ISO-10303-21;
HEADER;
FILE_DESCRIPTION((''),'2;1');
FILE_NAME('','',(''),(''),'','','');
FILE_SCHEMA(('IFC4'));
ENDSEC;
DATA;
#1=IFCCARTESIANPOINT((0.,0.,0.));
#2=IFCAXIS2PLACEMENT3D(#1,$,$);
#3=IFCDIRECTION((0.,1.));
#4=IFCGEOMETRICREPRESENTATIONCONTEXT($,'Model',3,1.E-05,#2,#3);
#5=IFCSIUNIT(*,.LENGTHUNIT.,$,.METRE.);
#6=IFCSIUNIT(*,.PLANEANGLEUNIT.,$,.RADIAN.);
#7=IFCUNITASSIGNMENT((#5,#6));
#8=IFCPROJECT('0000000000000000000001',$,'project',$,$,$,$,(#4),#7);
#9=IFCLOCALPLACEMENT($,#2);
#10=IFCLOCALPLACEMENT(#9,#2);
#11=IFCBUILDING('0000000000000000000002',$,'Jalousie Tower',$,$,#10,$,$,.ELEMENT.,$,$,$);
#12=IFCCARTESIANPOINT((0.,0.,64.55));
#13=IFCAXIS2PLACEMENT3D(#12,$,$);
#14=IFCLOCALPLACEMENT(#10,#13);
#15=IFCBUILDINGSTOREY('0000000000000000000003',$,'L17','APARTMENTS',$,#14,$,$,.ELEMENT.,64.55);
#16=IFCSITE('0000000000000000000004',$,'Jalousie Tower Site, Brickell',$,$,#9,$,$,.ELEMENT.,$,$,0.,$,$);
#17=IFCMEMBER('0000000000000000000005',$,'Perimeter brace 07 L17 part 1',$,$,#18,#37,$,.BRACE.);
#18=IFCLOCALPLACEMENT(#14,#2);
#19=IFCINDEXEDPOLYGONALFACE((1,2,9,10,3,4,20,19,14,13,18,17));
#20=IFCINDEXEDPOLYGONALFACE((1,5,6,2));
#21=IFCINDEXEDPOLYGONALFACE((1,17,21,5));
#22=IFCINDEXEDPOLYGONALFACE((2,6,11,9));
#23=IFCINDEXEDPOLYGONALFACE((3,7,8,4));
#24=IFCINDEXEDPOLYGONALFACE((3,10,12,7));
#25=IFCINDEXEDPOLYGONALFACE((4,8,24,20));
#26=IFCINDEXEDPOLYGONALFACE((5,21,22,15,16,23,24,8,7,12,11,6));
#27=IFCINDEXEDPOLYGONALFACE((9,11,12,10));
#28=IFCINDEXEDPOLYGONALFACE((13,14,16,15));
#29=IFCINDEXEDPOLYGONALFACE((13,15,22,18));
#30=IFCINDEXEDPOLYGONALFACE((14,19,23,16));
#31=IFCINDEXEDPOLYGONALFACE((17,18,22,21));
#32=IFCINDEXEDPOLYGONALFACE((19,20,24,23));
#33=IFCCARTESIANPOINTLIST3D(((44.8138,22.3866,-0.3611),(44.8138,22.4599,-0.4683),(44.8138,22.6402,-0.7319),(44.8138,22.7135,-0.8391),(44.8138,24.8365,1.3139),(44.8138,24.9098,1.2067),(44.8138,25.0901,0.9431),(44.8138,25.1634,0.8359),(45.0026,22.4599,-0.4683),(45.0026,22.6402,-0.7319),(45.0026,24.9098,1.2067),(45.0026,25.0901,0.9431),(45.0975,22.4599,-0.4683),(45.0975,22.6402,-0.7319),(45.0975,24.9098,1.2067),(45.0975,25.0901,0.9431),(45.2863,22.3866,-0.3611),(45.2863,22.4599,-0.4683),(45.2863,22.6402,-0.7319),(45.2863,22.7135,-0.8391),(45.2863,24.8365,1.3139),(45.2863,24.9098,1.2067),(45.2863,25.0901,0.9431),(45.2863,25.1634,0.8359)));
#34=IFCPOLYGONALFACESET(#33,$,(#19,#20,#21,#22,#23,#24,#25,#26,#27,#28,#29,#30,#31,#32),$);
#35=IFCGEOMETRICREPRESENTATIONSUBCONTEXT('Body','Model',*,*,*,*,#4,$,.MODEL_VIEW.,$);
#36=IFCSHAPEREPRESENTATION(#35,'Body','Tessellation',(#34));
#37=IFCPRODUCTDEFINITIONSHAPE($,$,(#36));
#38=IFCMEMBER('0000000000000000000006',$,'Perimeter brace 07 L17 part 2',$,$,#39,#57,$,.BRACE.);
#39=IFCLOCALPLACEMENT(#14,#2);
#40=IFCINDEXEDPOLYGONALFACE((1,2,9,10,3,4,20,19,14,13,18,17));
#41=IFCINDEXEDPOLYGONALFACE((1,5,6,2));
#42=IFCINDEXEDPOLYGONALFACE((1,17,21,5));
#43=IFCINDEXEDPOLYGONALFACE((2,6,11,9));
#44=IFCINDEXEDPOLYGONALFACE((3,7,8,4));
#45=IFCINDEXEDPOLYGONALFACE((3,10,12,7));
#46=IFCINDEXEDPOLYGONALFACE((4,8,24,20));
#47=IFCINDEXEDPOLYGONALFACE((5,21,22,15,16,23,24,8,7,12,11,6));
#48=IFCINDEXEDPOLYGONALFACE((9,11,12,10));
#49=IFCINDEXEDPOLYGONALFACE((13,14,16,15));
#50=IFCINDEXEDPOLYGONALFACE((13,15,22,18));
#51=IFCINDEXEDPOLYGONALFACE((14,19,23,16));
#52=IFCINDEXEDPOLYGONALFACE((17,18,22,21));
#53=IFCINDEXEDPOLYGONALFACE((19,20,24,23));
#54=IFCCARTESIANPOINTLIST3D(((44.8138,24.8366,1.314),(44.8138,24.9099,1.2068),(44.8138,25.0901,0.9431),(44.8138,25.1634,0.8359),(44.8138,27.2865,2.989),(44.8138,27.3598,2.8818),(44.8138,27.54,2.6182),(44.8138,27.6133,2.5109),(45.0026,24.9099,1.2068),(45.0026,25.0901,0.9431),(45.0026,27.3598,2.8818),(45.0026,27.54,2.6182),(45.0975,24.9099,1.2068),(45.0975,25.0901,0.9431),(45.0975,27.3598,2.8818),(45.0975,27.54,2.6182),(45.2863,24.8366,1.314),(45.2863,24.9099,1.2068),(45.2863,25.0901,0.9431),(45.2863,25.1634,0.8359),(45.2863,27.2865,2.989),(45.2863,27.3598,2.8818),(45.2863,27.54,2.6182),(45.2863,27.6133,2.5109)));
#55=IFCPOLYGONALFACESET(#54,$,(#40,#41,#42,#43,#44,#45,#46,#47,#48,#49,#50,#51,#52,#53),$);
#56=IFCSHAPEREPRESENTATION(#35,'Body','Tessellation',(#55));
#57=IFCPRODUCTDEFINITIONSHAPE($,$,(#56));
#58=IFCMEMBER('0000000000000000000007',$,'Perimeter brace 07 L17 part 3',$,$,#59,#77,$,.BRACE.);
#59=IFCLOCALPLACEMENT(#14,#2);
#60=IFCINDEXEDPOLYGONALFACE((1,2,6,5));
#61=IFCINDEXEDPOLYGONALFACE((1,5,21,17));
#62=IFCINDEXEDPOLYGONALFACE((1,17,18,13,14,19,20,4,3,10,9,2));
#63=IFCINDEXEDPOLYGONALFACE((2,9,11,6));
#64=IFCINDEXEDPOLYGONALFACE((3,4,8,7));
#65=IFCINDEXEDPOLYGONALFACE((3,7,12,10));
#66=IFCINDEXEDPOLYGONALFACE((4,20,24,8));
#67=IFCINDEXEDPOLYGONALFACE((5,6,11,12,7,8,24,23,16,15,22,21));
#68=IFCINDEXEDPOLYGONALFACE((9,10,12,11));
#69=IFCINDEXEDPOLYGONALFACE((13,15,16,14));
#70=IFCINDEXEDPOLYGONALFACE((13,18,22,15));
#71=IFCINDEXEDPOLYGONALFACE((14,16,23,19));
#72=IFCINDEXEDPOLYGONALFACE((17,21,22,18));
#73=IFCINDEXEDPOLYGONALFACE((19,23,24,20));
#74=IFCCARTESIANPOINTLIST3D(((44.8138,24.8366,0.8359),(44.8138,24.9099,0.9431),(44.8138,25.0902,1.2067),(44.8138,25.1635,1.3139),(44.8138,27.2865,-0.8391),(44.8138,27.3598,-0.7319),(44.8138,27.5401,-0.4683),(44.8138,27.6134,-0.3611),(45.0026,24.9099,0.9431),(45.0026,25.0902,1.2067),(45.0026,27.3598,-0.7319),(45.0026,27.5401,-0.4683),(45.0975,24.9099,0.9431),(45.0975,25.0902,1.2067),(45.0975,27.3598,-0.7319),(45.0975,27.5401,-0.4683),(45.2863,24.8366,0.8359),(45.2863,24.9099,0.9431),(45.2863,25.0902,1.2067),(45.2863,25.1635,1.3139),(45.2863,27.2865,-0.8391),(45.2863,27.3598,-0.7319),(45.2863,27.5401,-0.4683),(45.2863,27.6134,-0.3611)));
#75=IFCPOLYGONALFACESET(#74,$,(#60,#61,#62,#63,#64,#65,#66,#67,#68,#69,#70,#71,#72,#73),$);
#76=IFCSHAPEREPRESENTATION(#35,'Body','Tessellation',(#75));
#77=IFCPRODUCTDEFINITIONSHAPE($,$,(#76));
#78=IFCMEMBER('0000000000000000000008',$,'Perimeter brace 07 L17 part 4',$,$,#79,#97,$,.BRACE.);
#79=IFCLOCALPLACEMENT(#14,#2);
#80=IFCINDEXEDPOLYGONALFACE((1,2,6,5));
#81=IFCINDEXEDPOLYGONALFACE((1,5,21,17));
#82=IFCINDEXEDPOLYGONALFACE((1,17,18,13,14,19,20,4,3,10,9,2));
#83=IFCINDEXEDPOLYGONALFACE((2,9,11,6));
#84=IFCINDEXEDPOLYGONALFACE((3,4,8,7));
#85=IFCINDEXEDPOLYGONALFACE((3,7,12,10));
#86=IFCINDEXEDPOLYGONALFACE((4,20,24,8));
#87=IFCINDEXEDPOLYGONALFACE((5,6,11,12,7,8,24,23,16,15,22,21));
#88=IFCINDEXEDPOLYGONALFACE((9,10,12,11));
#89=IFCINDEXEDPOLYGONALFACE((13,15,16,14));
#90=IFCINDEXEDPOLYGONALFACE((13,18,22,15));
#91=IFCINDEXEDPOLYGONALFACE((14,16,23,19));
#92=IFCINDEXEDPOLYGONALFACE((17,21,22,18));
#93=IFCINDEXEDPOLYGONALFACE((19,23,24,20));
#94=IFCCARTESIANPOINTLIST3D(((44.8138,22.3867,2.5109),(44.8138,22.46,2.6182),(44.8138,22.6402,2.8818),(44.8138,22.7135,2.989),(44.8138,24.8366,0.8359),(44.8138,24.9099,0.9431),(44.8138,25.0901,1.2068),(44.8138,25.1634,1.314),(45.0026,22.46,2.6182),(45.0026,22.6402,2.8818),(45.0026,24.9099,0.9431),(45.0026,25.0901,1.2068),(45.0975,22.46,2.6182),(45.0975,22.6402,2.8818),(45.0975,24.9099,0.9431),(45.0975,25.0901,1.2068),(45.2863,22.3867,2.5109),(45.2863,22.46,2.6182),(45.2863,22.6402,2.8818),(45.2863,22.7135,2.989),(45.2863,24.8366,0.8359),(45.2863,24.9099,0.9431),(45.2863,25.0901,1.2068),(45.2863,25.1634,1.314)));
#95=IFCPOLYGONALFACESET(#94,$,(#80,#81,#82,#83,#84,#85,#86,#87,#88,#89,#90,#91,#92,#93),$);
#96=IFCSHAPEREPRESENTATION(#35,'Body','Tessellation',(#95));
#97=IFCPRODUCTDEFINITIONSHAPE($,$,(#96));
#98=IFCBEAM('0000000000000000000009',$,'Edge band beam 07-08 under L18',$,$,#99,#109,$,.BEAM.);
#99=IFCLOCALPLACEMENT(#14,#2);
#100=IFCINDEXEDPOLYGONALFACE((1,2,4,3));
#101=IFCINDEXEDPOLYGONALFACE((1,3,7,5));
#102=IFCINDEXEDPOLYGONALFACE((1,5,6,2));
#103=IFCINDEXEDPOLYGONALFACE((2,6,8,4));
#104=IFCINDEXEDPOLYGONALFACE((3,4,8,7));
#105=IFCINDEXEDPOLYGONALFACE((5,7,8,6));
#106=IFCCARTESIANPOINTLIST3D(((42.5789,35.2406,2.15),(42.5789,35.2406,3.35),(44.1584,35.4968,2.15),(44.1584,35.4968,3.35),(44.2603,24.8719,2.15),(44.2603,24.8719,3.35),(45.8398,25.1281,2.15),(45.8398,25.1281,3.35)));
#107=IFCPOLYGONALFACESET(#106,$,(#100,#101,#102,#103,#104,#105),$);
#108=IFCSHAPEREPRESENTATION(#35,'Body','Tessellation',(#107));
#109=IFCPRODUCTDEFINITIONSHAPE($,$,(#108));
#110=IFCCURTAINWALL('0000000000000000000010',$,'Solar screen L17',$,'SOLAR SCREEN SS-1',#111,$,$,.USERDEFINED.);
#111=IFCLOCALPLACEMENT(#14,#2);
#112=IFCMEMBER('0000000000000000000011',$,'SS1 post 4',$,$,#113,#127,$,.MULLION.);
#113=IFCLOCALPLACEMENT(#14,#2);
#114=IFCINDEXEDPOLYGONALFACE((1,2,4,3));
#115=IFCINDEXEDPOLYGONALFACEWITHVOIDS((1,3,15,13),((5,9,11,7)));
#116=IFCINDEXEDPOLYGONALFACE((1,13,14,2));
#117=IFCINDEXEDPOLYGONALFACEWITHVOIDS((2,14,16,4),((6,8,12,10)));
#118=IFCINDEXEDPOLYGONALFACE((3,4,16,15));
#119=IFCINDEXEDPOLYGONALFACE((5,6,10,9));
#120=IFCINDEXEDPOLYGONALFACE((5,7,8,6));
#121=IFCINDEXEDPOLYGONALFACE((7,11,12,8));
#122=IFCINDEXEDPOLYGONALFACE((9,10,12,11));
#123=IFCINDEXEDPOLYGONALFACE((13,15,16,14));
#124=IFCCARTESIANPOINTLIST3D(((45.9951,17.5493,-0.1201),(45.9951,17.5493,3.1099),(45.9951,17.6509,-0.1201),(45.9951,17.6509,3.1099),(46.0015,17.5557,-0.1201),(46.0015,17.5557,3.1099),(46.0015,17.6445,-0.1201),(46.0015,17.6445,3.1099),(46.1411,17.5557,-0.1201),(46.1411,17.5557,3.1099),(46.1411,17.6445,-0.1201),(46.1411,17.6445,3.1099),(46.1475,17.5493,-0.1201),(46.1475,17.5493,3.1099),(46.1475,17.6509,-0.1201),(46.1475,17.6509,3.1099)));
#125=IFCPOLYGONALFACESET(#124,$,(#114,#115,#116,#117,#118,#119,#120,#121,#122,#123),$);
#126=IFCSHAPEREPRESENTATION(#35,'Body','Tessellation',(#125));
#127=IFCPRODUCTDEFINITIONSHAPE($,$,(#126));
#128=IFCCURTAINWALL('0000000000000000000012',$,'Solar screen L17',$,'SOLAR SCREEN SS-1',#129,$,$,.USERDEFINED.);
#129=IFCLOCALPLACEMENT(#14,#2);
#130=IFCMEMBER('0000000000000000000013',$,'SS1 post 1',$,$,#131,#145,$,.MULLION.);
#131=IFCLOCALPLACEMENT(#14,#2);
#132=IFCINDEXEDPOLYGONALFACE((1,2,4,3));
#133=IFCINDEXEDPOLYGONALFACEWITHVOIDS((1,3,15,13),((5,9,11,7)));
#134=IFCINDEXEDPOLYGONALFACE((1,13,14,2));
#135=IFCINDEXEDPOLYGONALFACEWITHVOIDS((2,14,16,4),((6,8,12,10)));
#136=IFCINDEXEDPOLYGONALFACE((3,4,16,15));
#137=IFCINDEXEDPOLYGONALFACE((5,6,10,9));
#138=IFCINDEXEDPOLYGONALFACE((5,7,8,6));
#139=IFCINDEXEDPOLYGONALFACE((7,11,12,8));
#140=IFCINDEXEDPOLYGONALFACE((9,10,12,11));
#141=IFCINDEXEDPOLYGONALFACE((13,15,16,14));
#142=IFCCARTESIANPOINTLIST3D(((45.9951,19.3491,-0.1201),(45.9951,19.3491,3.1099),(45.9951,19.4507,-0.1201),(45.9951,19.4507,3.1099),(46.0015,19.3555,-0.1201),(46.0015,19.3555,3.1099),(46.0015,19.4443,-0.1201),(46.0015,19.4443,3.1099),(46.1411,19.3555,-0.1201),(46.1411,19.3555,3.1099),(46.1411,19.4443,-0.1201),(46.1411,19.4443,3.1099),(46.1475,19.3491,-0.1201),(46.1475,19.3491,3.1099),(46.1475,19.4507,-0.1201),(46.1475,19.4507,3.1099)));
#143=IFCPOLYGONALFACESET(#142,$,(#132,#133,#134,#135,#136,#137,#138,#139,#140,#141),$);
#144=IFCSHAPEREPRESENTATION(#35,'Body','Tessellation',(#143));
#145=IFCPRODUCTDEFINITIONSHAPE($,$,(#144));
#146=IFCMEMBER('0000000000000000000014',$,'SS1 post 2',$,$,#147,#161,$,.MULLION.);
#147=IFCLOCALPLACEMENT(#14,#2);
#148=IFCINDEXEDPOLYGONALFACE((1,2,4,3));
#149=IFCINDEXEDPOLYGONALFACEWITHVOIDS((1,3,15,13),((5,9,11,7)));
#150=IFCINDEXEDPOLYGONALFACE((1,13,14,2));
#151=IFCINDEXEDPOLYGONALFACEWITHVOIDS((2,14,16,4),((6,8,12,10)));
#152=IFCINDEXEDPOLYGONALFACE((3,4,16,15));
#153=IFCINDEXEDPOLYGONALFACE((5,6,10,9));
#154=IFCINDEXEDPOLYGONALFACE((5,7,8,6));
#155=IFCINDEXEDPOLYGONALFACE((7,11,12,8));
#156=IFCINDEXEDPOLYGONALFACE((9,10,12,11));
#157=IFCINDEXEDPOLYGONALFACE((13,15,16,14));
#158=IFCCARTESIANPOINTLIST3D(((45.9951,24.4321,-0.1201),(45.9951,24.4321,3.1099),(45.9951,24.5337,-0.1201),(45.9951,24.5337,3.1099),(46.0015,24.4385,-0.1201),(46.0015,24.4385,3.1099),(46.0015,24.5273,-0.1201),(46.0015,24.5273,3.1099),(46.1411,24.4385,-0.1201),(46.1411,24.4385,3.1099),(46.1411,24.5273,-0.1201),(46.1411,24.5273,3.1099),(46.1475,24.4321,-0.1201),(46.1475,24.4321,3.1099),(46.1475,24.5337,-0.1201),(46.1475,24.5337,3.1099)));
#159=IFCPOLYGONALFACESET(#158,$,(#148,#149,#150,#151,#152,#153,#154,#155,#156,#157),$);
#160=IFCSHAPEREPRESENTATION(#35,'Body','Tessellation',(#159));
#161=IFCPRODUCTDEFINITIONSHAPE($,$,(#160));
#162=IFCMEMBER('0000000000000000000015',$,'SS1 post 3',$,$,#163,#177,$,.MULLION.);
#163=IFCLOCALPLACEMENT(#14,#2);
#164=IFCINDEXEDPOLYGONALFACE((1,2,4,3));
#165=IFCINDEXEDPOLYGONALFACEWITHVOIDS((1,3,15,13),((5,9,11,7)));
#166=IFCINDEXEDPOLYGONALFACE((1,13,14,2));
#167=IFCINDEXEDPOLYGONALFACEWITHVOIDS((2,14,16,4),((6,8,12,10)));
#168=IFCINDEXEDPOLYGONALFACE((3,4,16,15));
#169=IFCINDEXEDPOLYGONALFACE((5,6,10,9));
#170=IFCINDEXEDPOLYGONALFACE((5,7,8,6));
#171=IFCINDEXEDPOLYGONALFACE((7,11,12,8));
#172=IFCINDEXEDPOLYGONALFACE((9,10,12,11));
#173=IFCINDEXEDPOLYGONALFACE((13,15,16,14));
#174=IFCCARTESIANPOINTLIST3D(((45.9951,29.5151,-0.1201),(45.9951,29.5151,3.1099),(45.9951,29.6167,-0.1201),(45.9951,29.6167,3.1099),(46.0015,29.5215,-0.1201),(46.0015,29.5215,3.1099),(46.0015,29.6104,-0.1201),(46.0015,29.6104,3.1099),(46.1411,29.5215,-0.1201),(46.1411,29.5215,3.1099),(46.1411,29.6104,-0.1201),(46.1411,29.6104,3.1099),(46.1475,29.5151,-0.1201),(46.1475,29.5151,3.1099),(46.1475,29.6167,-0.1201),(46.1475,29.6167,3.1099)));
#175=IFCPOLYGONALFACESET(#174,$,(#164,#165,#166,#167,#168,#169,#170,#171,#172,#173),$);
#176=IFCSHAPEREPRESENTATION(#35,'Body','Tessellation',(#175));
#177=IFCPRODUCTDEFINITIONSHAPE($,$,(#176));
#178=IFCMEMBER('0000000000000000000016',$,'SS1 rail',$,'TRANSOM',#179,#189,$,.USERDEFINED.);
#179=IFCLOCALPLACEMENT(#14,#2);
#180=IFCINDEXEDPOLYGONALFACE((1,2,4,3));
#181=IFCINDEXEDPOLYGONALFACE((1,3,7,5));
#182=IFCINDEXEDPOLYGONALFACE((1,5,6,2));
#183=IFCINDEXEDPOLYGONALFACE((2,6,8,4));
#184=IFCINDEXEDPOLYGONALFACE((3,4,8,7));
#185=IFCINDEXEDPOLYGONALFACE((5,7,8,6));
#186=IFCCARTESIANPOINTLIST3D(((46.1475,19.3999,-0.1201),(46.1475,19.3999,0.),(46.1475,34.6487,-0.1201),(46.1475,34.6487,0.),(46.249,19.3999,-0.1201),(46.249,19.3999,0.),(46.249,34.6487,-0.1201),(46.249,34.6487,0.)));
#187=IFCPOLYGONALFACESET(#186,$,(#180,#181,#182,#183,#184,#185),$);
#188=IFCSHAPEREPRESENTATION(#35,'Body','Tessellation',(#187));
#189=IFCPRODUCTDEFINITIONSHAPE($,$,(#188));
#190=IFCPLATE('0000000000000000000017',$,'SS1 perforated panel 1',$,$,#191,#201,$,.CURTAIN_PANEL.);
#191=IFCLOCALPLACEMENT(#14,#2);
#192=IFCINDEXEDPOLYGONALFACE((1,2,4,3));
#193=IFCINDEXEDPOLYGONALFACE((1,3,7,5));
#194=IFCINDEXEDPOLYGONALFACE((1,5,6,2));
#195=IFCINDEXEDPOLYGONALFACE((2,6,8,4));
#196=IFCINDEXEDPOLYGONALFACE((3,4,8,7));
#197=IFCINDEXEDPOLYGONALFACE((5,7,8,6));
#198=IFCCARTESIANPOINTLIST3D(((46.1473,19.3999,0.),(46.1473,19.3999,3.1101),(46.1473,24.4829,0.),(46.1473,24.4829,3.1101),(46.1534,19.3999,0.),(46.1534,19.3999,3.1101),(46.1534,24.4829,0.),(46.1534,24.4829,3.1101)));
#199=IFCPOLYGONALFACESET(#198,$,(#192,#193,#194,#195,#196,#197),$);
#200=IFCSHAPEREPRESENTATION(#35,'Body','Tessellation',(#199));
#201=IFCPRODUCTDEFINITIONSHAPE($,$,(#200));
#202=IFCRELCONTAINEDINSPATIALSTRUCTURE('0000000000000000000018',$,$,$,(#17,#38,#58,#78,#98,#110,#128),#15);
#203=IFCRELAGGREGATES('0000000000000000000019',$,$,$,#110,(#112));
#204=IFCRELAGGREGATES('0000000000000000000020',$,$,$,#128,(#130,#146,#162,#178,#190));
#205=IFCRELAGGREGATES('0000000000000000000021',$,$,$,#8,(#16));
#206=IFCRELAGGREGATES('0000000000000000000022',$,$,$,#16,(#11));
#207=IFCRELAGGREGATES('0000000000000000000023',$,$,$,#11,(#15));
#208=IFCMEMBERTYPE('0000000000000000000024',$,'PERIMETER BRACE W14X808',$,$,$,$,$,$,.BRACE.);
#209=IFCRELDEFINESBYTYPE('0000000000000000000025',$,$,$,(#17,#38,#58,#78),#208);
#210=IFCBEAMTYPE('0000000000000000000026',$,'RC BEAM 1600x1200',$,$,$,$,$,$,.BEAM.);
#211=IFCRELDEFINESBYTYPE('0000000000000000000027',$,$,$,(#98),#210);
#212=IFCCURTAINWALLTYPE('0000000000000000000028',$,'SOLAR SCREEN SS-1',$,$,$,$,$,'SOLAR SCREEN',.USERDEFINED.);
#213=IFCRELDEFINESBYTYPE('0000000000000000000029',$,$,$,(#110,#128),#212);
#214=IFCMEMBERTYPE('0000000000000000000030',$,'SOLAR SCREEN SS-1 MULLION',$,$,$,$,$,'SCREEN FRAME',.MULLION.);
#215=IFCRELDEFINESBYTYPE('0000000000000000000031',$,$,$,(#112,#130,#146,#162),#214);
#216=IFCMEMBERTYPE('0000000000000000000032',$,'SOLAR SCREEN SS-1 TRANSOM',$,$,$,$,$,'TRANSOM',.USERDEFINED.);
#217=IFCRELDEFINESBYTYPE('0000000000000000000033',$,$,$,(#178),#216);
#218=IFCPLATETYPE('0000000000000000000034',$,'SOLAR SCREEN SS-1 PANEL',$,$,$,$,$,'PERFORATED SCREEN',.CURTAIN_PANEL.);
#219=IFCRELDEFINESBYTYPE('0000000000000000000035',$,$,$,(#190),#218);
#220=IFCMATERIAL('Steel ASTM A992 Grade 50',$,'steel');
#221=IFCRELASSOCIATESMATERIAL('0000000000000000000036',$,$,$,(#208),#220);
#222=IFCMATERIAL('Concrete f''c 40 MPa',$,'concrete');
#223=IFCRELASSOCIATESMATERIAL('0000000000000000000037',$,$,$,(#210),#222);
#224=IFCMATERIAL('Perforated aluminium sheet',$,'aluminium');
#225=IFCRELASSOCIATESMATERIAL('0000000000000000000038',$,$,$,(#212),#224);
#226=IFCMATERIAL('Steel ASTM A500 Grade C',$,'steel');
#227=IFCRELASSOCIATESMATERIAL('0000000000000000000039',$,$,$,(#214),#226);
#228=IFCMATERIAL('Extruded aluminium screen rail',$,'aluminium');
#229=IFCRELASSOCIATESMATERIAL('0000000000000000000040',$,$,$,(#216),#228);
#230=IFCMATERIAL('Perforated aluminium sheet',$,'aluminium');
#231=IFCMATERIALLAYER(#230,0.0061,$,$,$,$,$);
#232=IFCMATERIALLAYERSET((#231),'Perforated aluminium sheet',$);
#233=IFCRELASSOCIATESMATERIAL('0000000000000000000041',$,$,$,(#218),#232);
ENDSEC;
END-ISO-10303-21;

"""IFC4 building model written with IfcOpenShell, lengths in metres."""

from ifc_helpers import new_model, si_unit, direction, frame, origin, origin_2d, place, context, subcontext, project, spatial, rectangle, hollow_rectangle, i_section, extrude, material, layer, layer_set, material_profile, profile_set, type_object, element, aggregate, save


model = new_model("IFC4")

# Units and contexts
model_context = context("Model", 3, precision=1e-05, world=origin(), true_north=direction((0.0, 1.0)))
body_context = subcontext(model_context, "Body", "Model", "MODEL_VIEW")
ifc_project = project(units=[si_unit("LENGTHUNIT", "METRE"), si_unit("PLANEANGLEUNIT", "RADIAN")], contexts=[model_context])

# Site, building, storey
site_placement = place(None, origin())
site = spatial("IfcSite", under=ifc_project, at=site_placement, Name="Jalousie Tower Site, Brickell", CompositionType="ELEMENT", RefElevation=0.0)
building_placement = place(site_placement, origin())
building = spatial("IfcBuilding", under=site, at=building_placement, Name="Jalousie Tower", CompositionType="ELEMENT")
storey_placement = place(building_placement, frame((0.0, 0.0, 64.55)))
storey = spatial("IfcBuildingStorey", under=building, at=storey_placement, Name="L17", Description="APARTMENTS", CompositionType="ELEMENT", Elevation=64.55)

# Members
ifc_material_1 = material(Name="Steel ASTM A992 Grade 50", Category="steel")
ifc_material_profile_1 = material_profile(ifc_material_1, i_section(OverallWidth=0.4724, OverallDepth=0.5791, WebThickness=0.095, FlangeThickness=0.1299, at=origin_2d()), Name="W14X808")
ifc_profile_set_1 = profile_set([ifc_material_profile_1], Name="Steel ASTM A992 Grade 50")
member_type_1 = type_object("IfcMemberType", Name="PERIMETER BRACE W14X808", PredefinedType="BRACE", material=ifc_profile_set_1)
for number, where, z_axis, x_axis, name in (
    (1, (45.05, 22.55, -0.6001), (0.0, 0.825501, 0.564401), (-1.0, 0.0, 0.0), "Perimeter brace 07 L17 part 1"),
    (2, (45.05, 25.0, 1.075), (0.0, 0.825501, 0.564401), (-1.0, 0.0, 0.0), "Perimeter brace 07 L17 part 2"),
    (3, (45.05, 27.45, -0.6001), (0.0, -0.825501, 0.564401), (1.0, 0.0, 0.0), "Perimeter brace 07 L17 part 3"),
    (4, (45.05, 25.0, 1.075), (0.0, -0.825501, 0.564401), (1.0, 0.0, 0.0), "Perimeter brace 07 L17 part 4"),
):
    element("IfcMember", number, at=place(storey_placement, frame(where, z_axis=z_axis, x_axis=x_axis)), inside=storey, type_object=member_type_1, Name=name, PredefinedType="BRACE", context=body_context, shape_type="SweptSolid", body=[
        extrude(i_section(OverallWidth=0.4724, OverallDepth=0.5791, WebThickness=0.095, FlangeThickness=0.1299, at=origin_2d()), origin(), (0.0, 0.0, 1.0), 2.9678),
    ])

# Beam
ifc_material_2 = material(Name="Concrete f'c 40 MPa", Category="concrete")
ifc_material_profile_2 = material_profile(ifc_material_2, rectangle(XDim=1.6001, YDim=1.2, at=origin_2d()), Name="RC 1600x1200")
ifc_profile_set_2 = profile_set([ifc_material_profile_2], Name="Concrete f'c 40 MPa")
beam_type = type_object("IfcBeamType", Name="RC BEAM 1600x1200", PredefinedType="BEAM", material=ifc_profile_set_2)
beam_placement = place(storey_placement, frame((45.05, 25.0, 2.75), z_axis=(-0.160071, 0.987106, 0.0), x_axis=(-0.987106, -0.160071, 0.0)))
element("IfcBeam", 5, at=beam_placement, inside=storey, type_object=beam_type, Name="Edge band beam 07-08 under L18", PredefinedType="BEAM", context=body_context, shape_type="SweptSolid", body=[
    extrude(rectangle(XDim=1.6001, YDim=1.2, at=origin_2d()), origin(), (0.0, 0.0, 1.0), 10.5042),
])

# Curtain wall, member
ifc_material_3 = material(Name="Perforated aluminium sheet", Category="aluminium")
curtain_wall_type = type_object("IfcCurtainWallType", Name="SOLAR SCREEN SS-1", ElementType="SOLAR SCREEN", PredefinedType="USERDEFINED", material=ifc_material_3)
curtain_wall_1_placement = place(storey_placement, origin())
curtain_wall_1 = element("IfcCurtainWall", 6, at=curtain_wall_1_placement, inside=storey, type_object=curtain_wall_type, Name="Solar screen L17", ObjectType="SOLAR SCREEN SS-1", PredefinedType="USERDEFINED")
ifc_material_4 = material(Name="Steel ASTM A500 Grade C", Category="steel")
ifc_material_profile_3 = material_profile(ifc_material_4, hollow_rectangle(XDim=0.1016, YDim=0.1523, WallThickness=0.0063, at=origin_2d()), Name="HSS6X4X1/4")
ifc_profile_set_3 = profile_set([ifc_material_profile_3], Name="Steel ASTM A500 Grade C")
member_type_2 = type_object("IfcMemberType", Name="SOLAR SCREEN SS-1 MULLION", ElementType="SCREEN FRAME", PredefinedType="MULLION", material=ifc_profile_set_3)
member_1_placement = place(storey_placement, frame((46.0713, 17.6001, -0.1201), z_axis=(0.0, 0.0, 1.0), x_axis=(0.0, 1.0, 0.0)))
member_1 = element("IfcMember", 7, at=member_1_placement, type_object=member_type_2, Name="SS1 post 4", PredefinedType="MULLION", context=body_context, shape_type="SweptSolid", body=[
    extrude(hollow_rectangle(XDim=0.1016, YDim=0.1523, WallThickness=0.0063, at=origin_2d()), origin(), (0.0, 0.0, 1.0), 3.23),
])
aggregate(curtain_wall_1, [member_1])

# Curtain wall, members, plate
curtain_wall_2_placement = place(storey_placement, origin())
curtain_wall_2 = element("IfcCurtainWall", 8, at=curtain_wall_2_placement, inside=storey, type_object=curtain_wall_type, Name="Solar screen L17", ObjectType="SOLAR SCREEN SS-1", PredefinedType="USERDEFINED")
member_2_placement = place(storey_placement, frame((46.0713, 19.3999, -0.1201), z_axis=(0.0, 0.0, 1.0), x_axis=(0.0, 1.0, 0.0)))
member_2 = element("IfcMember", 9, at=member_2_placement, type_object=member_type_2, Name="SS1 post 1", PredefinedType="MULLION", context=body_context, shape_type="SweptSolid", body=[
    extrude(hollow_rectangle(XDim=0.1016, YDim=0.1523, WallThickness=0.0063, at=origin_2d()), origin(), (0.0, 0.0, 1.0), 3.23),
])
member_3_placement = place(storey_placement, frame((46.0713, 24.4829, -0.1201), z_axis=(0.0, 0.0, 1.0), x_axis=(0.0, 1.0, 0.0)))
member_3 = element("IfcMember", 10, at=member_3_placement, type_object=member_type_2, Name="SS1 post 2", PredefinedType="MULLION", context=body_context, shape_type="SweptSolid", body=[
    extrude(hollow_rectangle(XDim=0.1016, YDim=0.1523, WallThickness=0.0063, at=origin_2d()), origin(), (0.0, 0.0, 1.0), 3.23),
])
member_4_placement = place(storey_placement, frame((46.0713, 29.5659, -0.1201), z_axis=(0.0, 0.0, 1.0), x_axis=(0.0, 1.0, 0.0)))
member_4 = element("IfcMember", 11, at=member_4_placement, type_object=member_type_2, Name="SS1 post 3", PredefinedType="MULLION", context=body_context, shape_type="SweptSolid", body=[
    extrude(hollow_rectangle(XDim=0.1016, YDim=0.1523, WallThickness=0.0063, at=origin_2d()), origin(), (0.0, 0.0, 1.0), 3.23),
])
ifc_material_5 = material(Name="Extruded aluminium screen rail", Category="aluminium")
ifc_material_profile_4 = material_profile(ifc_material_5, rectangle(XDim=0.1016, YDim=0.1201, at=origin_2d()), Name="RAIL 102x120")
ifc_profile_set_4 = profile_set([ifc_material_profile_4], Name="Extruded aluminium screen rail")
member_type_3 = type_object("IfcMemberType", Name="SOLAR SCREEN SS-1 TRANSOM", ElementType="TRANSOM", PredefinedType="USERDEFINED", material=ifc_profile_set_4)
member_5_placement = place(storey_placement, frame((46.1982, 19.3999, -0.0601), z_axis=(0.0, 1.0, 0.0), x_axis=(-1.0, 0.0, 0.0)))
member_5 = element("IfcMember", 12, at=member_5_placement, type_object=member_type_3, Name="SS1 rail", ObjectType="TRANSOM", PredefinedType="USERDEFINED", context=body_context, shape_type="SweptSolid", body=[
    extrude(rectangle(XDim=0.1016, YDim=0.1201, at=origin_2d()), origin(), (0.0, 0.0, 1.0), 15.2488),
])
ifc_material_6 = material(Name="Perforated aluminium sheet", Category="aluminium")
ifc_layer_1 = layer(ifc_material_6, 0.0061)
ifc_layer_set_1 = layer_set([ifc_layer_1], Name="Perforated aluminium sheet")
plate_type = type_object("IfcPlateType", Name="SOLAR SCREEN SS-1 PANEL", ElementType="PERFORATED SCREEN", PredefinedType="CURTAIN_PANEL", material=ifc_layer_set_1)
plate_1_placement = place(storey_placement, frame((46.1504, 21.9414, 0.0), z_axis=(0.0, 0.0, 1.0), x_axis=(0.0, 1.0, 0.0)))
plate_1 = element("IfcPlate", 13, at=plate_1_placement, type_object=plate_type, Name="SS1 perforated panel 1", PredefinedType="CURTAIN_PANEL", context=body_context, shape_type="SweptSolid", body=[
    extrude(rectangle(XDim=5.083, YDim=0.0061, at=origin_2d()), origin(), (0.0, 0.0, 1.0), 3.1101),
])
aggregate(curtain_wall_2, [member_2, member_3, member_4, member_5, plate_1])

save(model, "model.ifc")
